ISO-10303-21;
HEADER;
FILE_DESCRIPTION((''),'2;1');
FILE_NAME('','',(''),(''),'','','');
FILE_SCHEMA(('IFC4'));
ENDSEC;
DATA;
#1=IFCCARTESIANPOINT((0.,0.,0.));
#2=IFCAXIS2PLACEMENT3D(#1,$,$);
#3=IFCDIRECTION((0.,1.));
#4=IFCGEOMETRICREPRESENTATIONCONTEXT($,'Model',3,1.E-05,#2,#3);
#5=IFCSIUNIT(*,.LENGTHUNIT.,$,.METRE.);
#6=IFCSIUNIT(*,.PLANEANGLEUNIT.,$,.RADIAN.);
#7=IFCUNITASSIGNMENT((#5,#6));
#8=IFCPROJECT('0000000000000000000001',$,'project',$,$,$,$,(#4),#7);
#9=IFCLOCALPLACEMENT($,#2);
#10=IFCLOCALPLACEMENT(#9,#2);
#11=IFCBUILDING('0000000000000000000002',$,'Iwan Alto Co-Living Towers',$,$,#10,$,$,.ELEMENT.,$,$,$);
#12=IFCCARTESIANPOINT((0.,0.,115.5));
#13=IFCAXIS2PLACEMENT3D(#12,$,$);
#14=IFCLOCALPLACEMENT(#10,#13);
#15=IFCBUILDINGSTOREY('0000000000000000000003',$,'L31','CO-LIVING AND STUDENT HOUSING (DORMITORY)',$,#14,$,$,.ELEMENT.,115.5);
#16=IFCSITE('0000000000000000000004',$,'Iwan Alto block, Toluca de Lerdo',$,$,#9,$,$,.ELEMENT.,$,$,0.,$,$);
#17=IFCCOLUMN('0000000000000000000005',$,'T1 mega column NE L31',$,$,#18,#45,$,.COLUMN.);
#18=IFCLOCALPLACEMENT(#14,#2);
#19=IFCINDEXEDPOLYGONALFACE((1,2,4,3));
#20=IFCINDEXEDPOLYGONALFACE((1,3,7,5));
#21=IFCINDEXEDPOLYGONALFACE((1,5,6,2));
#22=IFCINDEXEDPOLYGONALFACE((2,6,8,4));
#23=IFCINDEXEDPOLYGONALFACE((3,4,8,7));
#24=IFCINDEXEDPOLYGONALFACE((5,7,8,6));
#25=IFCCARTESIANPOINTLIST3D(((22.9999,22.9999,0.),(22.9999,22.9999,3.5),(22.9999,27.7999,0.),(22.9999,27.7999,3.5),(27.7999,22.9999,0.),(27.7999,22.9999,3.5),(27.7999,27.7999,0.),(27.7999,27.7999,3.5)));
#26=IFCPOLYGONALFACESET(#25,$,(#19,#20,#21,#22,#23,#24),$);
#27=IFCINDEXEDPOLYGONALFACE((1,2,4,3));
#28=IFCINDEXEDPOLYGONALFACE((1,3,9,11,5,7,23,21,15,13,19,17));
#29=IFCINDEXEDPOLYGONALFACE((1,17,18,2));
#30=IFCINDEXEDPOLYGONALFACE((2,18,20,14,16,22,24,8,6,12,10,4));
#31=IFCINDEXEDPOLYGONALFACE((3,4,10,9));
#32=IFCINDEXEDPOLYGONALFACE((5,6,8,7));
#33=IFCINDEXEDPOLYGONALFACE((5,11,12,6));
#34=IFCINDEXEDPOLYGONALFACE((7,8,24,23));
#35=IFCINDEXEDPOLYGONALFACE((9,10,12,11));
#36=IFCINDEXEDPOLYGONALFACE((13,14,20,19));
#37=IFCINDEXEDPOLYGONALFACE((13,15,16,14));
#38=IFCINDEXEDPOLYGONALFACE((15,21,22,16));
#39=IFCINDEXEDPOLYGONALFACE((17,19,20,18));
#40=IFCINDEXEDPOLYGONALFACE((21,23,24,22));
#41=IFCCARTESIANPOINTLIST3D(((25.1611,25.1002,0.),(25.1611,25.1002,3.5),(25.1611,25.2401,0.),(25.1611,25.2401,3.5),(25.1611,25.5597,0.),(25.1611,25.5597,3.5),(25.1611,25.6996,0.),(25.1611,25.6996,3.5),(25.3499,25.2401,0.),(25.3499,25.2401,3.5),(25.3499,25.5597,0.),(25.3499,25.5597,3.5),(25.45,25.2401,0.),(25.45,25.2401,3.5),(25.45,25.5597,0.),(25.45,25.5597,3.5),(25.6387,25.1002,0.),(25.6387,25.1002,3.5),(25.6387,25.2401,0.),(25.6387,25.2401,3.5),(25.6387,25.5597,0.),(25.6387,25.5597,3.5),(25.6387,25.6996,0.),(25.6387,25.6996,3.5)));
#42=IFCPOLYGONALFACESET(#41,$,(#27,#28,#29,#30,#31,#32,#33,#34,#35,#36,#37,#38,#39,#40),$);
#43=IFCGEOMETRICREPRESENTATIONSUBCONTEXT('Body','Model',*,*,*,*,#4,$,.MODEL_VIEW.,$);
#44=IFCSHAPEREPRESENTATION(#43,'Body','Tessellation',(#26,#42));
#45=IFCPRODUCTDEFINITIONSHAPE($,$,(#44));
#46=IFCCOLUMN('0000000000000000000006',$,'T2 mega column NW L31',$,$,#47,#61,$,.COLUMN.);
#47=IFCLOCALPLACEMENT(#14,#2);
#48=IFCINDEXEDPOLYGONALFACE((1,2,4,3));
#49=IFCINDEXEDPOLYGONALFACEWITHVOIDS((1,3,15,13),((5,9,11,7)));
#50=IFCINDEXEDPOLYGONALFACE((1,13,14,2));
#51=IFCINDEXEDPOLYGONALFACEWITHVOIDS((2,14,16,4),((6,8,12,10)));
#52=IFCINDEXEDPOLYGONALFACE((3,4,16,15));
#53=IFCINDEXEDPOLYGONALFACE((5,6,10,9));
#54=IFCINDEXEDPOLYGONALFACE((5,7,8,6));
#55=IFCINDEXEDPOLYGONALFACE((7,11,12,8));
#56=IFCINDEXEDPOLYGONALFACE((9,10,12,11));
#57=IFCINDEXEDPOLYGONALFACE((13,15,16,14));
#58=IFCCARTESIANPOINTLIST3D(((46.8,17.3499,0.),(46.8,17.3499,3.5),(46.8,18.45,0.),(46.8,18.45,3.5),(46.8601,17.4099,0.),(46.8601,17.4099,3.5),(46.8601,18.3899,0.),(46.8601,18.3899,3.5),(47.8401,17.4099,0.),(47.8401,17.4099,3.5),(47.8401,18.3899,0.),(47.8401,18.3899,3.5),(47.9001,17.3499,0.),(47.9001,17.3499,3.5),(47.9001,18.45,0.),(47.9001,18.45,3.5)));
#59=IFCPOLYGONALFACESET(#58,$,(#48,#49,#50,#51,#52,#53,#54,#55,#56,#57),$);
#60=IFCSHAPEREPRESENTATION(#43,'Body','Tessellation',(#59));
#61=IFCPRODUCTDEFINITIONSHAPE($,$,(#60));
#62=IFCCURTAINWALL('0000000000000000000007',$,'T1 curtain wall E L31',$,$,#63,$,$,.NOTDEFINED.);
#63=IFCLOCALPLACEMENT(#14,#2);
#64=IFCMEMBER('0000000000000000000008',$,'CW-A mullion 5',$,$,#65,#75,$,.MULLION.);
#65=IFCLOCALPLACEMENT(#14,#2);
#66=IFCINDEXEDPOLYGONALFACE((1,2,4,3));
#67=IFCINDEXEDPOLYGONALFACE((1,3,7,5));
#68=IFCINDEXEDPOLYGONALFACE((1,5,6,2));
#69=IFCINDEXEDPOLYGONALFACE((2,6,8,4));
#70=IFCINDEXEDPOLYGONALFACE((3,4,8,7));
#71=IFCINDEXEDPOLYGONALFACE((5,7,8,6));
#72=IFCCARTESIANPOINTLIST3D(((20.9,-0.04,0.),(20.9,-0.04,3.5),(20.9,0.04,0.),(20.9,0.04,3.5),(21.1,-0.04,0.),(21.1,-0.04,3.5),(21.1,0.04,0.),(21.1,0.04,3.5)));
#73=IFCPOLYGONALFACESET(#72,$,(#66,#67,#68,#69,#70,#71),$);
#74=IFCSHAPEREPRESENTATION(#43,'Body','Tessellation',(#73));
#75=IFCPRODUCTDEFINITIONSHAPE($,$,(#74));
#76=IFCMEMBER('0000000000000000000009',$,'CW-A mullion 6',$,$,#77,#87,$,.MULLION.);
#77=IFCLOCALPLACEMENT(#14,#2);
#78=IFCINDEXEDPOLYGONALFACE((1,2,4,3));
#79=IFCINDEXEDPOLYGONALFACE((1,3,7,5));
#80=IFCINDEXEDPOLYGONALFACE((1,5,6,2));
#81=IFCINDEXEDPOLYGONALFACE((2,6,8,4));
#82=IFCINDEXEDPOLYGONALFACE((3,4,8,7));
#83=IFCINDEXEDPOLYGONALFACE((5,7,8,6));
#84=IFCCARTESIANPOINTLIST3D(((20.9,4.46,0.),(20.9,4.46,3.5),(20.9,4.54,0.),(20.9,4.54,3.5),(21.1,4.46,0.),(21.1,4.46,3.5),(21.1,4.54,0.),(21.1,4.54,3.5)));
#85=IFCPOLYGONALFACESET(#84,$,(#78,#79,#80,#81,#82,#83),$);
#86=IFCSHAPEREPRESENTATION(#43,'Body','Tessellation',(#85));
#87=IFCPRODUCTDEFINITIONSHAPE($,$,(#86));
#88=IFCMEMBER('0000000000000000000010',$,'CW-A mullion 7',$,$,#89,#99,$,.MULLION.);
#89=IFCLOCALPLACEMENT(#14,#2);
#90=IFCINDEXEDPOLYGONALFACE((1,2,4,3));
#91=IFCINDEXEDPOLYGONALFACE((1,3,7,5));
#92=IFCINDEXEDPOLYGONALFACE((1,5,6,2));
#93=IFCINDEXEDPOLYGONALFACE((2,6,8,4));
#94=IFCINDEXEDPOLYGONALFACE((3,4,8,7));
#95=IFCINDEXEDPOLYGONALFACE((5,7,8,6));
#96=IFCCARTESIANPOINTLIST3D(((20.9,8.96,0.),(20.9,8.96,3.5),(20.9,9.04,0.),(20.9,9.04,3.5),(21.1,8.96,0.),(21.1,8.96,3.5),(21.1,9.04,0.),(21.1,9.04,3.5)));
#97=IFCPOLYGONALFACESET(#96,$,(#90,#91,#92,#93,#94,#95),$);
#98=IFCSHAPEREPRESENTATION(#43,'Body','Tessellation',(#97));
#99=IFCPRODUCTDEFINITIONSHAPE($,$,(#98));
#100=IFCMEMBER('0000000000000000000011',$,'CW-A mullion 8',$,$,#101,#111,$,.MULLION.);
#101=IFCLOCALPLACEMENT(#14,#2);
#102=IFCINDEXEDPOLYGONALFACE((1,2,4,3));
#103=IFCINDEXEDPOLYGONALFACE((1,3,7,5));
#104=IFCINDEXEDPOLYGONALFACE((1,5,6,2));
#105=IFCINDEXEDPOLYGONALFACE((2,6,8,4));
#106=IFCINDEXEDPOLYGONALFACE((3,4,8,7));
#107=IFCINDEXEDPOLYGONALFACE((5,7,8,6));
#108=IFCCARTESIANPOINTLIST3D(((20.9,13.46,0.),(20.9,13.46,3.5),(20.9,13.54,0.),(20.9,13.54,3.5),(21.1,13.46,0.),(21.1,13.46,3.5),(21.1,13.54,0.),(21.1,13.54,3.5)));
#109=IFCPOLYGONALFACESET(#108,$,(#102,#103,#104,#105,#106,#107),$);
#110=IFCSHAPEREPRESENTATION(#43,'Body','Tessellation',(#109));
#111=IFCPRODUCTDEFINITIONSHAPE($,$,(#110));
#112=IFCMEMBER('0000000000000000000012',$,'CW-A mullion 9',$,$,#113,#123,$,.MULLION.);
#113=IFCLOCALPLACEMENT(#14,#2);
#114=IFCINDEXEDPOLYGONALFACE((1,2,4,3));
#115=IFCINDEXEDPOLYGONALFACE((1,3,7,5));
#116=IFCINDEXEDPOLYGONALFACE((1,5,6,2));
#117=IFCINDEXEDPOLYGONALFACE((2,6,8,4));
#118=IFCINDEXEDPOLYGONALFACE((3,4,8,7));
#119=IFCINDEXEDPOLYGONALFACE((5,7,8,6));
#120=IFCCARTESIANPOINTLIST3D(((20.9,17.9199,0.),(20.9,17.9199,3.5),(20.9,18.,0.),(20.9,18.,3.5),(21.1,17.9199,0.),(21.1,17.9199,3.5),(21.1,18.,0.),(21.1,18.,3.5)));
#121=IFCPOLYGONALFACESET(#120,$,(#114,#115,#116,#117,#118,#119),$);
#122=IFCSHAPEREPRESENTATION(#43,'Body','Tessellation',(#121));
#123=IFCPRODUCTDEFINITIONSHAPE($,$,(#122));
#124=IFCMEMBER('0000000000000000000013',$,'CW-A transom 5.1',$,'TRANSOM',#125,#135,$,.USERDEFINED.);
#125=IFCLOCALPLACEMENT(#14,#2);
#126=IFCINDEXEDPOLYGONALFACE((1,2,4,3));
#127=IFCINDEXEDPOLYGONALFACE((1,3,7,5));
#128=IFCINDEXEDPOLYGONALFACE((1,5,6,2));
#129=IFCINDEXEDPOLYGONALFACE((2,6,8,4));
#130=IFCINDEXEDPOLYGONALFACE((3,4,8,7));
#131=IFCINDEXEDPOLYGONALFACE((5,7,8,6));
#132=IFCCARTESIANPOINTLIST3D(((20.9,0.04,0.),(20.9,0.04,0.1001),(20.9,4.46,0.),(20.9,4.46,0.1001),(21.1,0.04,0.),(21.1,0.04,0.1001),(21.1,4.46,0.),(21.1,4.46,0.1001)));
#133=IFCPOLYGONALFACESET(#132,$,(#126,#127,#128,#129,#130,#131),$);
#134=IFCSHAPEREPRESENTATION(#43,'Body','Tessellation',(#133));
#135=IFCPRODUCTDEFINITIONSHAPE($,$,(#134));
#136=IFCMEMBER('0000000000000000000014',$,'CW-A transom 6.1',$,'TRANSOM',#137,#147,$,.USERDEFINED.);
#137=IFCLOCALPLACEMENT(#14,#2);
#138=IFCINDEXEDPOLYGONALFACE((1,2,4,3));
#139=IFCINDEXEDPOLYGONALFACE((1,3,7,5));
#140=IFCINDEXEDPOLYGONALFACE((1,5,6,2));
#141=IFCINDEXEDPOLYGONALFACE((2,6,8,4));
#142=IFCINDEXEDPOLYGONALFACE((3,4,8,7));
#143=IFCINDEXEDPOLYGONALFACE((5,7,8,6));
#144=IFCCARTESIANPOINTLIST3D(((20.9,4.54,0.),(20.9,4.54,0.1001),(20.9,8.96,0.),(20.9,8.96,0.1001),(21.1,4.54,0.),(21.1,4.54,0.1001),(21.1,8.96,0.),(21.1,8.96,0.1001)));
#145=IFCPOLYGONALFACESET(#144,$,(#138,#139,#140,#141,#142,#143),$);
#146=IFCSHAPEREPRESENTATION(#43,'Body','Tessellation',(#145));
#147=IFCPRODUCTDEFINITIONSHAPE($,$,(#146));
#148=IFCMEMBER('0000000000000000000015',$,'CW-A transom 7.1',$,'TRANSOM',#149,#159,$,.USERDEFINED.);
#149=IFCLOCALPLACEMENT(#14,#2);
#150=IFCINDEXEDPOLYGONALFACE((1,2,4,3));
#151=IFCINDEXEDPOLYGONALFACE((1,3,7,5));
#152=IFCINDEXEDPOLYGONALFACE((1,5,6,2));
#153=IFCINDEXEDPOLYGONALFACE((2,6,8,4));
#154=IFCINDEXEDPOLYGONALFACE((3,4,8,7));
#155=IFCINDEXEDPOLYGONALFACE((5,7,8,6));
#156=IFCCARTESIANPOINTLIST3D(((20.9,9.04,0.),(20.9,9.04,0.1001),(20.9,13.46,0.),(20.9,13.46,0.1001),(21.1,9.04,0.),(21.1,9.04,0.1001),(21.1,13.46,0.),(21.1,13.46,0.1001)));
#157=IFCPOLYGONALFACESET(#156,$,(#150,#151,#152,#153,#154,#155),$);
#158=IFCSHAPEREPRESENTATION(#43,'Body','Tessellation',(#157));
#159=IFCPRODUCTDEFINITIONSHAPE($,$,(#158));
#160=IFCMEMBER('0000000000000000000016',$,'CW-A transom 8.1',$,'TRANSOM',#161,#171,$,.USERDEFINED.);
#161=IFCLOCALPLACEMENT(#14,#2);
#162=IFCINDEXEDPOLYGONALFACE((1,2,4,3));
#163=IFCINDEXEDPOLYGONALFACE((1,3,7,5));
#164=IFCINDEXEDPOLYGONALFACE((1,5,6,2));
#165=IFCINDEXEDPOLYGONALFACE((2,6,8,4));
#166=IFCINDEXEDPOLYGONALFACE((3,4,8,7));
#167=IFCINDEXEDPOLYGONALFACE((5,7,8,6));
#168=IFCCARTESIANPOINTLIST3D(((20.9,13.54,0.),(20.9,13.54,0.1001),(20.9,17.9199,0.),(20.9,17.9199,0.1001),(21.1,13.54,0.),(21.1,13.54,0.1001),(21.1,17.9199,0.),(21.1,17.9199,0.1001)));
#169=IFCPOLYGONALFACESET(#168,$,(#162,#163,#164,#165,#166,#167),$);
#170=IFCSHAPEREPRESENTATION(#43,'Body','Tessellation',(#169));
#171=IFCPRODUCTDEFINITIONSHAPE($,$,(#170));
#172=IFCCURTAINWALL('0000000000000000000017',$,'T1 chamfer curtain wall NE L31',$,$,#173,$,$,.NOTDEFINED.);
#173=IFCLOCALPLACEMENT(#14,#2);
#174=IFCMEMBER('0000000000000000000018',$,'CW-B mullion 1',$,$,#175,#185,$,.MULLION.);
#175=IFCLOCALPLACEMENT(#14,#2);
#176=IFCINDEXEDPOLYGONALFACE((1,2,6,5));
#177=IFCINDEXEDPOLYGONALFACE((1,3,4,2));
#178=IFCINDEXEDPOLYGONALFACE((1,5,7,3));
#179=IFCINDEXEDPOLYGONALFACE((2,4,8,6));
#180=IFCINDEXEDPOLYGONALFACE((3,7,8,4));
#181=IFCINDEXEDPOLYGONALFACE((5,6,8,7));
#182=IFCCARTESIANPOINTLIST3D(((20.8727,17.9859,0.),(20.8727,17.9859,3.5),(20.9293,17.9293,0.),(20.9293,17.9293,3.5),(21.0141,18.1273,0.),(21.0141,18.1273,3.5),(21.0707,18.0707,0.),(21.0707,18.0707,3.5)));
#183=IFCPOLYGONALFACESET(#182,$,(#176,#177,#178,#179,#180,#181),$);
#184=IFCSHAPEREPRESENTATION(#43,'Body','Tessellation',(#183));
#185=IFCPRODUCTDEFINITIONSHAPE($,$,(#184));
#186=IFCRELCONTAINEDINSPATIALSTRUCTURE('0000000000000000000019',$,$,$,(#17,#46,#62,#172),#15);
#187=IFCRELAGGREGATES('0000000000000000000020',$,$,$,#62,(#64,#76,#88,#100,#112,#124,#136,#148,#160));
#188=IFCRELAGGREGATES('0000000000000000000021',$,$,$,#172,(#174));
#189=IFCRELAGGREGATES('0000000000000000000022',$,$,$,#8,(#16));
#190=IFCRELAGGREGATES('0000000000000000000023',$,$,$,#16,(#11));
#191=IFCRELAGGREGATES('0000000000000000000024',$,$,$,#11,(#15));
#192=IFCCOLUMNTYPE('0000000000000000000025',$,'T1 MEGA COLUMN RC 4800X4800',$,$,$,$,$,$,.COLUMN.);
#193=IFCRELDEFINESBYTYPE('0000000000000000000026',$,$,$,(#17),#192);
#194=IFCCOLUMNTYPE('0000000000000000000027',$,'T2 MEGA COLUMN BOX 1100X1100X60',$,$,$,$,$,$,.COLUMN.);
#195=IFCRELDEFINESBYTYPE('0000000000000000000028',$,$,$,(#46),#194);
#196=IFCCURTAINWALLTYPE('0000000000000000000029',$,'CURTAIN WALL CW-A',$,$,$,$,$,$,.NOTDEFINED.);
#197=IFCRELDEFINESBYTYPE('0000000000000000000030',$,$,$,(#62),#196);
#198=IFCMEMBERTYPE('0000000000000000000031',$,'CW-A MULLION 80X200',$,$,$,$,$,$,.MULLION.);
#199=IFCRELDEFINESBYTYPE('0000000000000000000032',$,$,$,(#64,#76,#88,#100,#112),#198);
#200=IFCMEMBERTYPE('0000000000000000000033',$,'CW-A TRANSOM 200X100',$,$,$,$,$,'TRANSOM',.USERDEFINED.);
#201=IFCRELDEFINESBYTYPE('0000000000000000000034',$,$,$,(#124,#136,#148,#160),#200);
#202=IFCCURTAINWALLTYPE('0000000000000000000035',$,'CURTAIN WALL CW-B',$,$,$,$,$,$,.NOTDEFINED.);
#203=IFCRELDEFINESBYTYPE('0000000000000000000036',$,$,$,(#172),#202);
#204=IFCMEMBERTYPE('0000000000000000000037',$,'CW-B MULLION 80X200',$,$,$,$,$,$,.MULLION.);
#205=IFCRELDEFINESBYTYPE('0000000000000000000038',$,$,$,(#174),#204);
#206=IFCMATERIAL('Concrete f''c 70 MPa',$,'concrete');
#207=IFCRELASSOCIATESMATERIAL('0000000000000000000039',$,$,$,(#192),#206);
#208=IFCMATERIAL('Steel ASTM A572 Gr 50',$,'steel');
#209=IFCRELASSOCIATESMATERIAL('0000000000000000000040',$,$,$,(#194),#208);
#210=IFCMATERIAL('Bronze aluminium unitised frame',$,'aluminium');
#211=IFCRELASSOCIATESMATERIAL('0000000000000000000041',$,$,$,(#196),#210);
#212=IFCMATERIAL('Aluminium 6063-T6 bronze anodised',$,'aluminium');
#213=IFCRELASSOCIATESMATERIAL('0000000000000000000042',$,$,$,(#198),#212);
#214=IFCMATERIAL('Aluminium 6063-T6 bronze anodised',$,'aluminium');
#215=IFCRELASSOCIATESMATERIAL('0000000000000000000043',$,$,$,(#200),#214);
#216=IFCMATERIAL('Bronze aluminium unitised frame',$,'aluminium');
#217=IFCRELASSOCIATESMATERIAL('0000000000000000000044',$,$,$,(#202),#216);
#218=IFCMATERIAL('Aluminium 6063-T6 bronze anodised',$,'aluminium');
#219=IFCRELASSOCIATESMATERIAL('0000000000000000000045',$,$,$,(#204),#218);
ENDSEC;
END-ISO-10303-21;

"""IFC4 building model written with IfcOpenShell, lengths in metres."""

from ifc_helpers import new_model, si_unit, direction, frame, origin, origin_2d, place, context, subcontext, project, spatial, rectangle, hollow_rectangle, i_section, extrude, material, material_profile, profile_set, type_object, element, aggregate, save


model = new_model("IFC4")

# Units and contexts
model_context = context("Model", 3, precision=1e-05, world=origin(), true_north=direction((0.0, 1.0)))
body_context = subcontext(model_context, "Body", "Model", "MODEL_VIEW")
ifc_project = project(units=[si_unit("LENGTHUNIT", "METRE"), si_unit("PLANEANGLEUNIT", "RADIAN")], contexts=[model_context])

# Site, building, storey
site_placement = place(None, origin())
site = spatial("IfcSite", under=ifc_project, at=site_placement, Name="Iwan Alto block, Toluca de Lerdo", CompositionType="ELEMENT", RefElevation=0.0)
building_placement = place(site_placement, origin())
building = spatial("IfcBuilding", under=site, at=building_placement, Name="Iwan Alto Co-Living Towers", CompositionType="ELEMENT")
storey_placement = place(building_placement, frame((0.0, 0.0, 115.5)))
storey = spatial("IfcBuildingStorey", under=building, at=storey_placement, Name="L31", Description="CO-LIVING AND STUDENT HOUSING (DORMITORY)", CompositionType="ELEMENT", Elevation=115.5)

# Columns
ifc_material_1 = material(Name="Concrete f'c 70 MPa", Category="concrete")
ifc_material_profile_1 = material_profile(ifc_material_1, rectangle(XDim=4.8, YDim=4.8, at=origin_2d()), Name="RC 4800X4800")
ifc_profile_set_1 = profile_set([ifc_material_profile_1], Name="Concrete f'c 70 MPa")
column_type_1 = type_object("IfcColumnType", Name="T1 MEGA COLUMN RC 4800X4800", PredefinedType="COLUMN", material=ifc_profile_set_1)
column_1_placement = place(storey_placement, frame((25.3999, 25.3999, 0.0), z_axis=(0.0, 0.0, 1.0), x_axis=(1.0, 0.0, 0.0)))
element("IfcColumn", 1, at=column_1_placement, inside=storey, type_object=column_type_1, Name="T1 mega column NE L31", PredefinedType="COLUMN", context=body_context, shape_type="SweptSolid", body=[
    extrude(rectangle(XDim=4.8, YDim=4.8, at=origin_2d()), origin(), (0.0, 0.0, 1.0), 3.5),
    extrude(i_section(OverallWidth=0.4775, OverallDepth=0.5994, WebThickness=0.1001, FlangeThickness=0.1399, at=origin_2d()), origin(), (0.0, 0.0, 1.0), 3.5),
])
ifc_material_2 = material(Name="Steel ASTM A572 Gr 50", Category="steel")
ifc_material_profile_2 = material_profile(ifc_material_2, hollow_rectangle(XDim=1.1001, YDim=1.1001, WallThickness=0.0601, at=origin_2d()), Name="BOX 1100X1100X60")
ifc_profile_set_2 = profile_set([ifc_material_profile_2], Name="Steel ASTM A572 Gr 50")
column_type_2 = type_object("IfcColumnType", Name="T2 MEGA COLUMN BOX 1100X1100X60", PredefinedType="COLUMN", material=ifc_profile_set_2)
column_2_placement = place(storey_placement, frame((47.3501, 17.8999, 0.0), z_axis=(0.0, 0.0, 1.0), x_axis=(1.0, 0.0, 0.0)))
element("IfcColumn", 2, at=column_2_placement, inside=storey, type_object=column_type_2, Name="T2 mega column NW L31", PredefinedType="COLUMN", context=body_context, shape_type="SweptSolid", body=[
    extrude(hollow_rectangle(XDim=1.1001, YDim=1.1001, WallThickness=0.0601, at=origin_2d()), origin(), (0.0, 0.0, 1.0), 3.5),
])

# Curtain walls, members
ifc_material_3 = material(Name="Bronze aluminium unitised frame", Category="aluminium")
curtain_wall_type_1 = type_object("IfcCurtainWallType", Name="CURTAIN WALL CW-A", PredefinedType="NOTDEFINED", material=ifc_material_3)
curtain_wall_1_placement = place(storey_placement, origin())
curtain_wall_1 = element("IfcCurtainWall", 3, at=curtain_wall_1_placement, inside=storey, type_object=curtain_wall_type_1, Name="T1 curtain wall E L31", PredefinedType="NOTDEFINED")
ifc_material_4 = material(Name="Aluminium 6063-T6 bronze anodised", Category="aluminium")
ifc_material_profile_3 = material_profile(ifc_material_4, rectangle(XDim=0.2, YDim=0.0801, at=origin_2d()), Name="AL 80X200")
ifc_profile_set_3 = profile_set([ifc_material_profile_3], Name="Aluminium 6063-T6 bronze anodised")
member_type_1 = type_object("IfcMemberType", Name="CW-A MULLION 80X200", PredefinedType="MULLION", material=ifc_profile_set_3)
member_1_placement = place(storey_placement, frame((21.0, 0.0, 0.0), z_axis=(0.0, 0.0, 1.0), x_axis=(-1.0, 0.0, 0.0)))
member_1 = element("IfcMember", 4, at=member_1_placement, type_object=member_type_1, Name="CW-A mullion 5", PredefinedType="MULLION", context=body_context, shape_type="SweptSolid", body=[
    extrude(rectangle(XDim=0.2, YDim=0.0801, at=origin_2d()), origin(), (0.0, 0.0, 1.0), 3.5),
])
member_2_placement = place(storey_placement, frame((21.0, 4.5, 0.0), z_axis=(0.0, 0.0, 1.0), x_axis=(-1.0, 0.0, 0.0)))
member_2 = element("IfcMember", 5, at=member_2_placement, type_object=member_type_1, Name="CW-A mullion 6", PredefinedType="MULLION", context=body_context, shape_type="SweptSolid", body=[
    extrude(rectangle(XDim=0.2, YDim=0.0801, at=origin_2d()), origin(), (0.0, 0.0, 1.0), 3.5),
])
member_3_placement = place(storey_placement, frame((21.0, 9.0, 0.0), z_axis=(0.0, 0.0, 1.0), x_axis=(-1.0, 0.0, 0.0)))
member_3 = element("IfcMember", 6, at=member_3_placement, type_object=member_type_1, Name="CW-A mullion 7", PredefinedType="MULLION", context=body_context, shape_type="SweptSolid", body=[
    extrude(rectangle(XDim=0.2, YDim=0.0801, at=origin_2d()), origin(), (0.0, 0.0, 1.0), 3.5),
])
member_4_placement = place(storey_placement, frame((21.0, 13.5, 0.0), z_axis=(0.0, 0.0, 1.0), x_axis=(-1.0, 0.0, 0.0)))
member_4 = element("IfcMember", 7, at=member_4_placement, type_object=member_type_1, Name="CW-A mullion 8", PredefinedType="MULLION", context=body_context, shape_type="SweptSolid", body=[
    extrude(rectangle(XDim=0.2, YDim=0.0801, at=origin_2d()), origin(), (0.0, 0.0, 1.0), 3.5),
])
member_5_placement = place(storey_placement, frame((21.0, 17.96, 0.0), z_axis=(0.0, 0.0, 1.0), x_axis=(-1.0, 0.0, 0.0)))
member_5 = element("IfcMember", 8, at=member_5_placement, type_object=member_type_1, Name="CW-A mullion 9", PredefinedType="MULLION", context=body_context, shape_type="SweptSolid", body=[
    extrude(rectangle(XDim=0.2, YDim=0.0801, at=origin_2d()), origin(), (0.0, 0.0, 1.0), 3.5),
])
ifc_material_5 = material(Name="Aluminium 6063-T6 bronze anodised", Category="aluminium")
ifc_material_profile_4 = material_profile(ifc_material_5, rectangle(XDim=0.2, YDim=0.1001, at=origin_2d()), Name="AL 200X100")
ifc_profile_set_4 = profile_set([ifc_material_profile_4], Name="Aluminium 6063-T6 bronze anodised")
member_type_2 = type_object("IfcMemberType", Name="CW-A TRANSOM 200X100", ElementType="TRANSOM", PredefinedType="USERDEFINED", material=ifc_profile_set_4)
member_6_placement = place(storey_placement, frame((21.0, 0.04, 0.05), z_axis=(0.0, 1.0, 0.0), x_axis=(-1.0, 0.0, 0.0)))
member_6 = element("IfcMember", 9, at=member_6_placement, type_object=member_type_2, Name="CW-A transom 5.1", ObjectType="TRANSOM", PredefinedType="USERDEFINED", context=body_context, shape_type="SweptSolid", body=[
    extrude(rectangle(XDim=0.2, YDim=0.1001, at=origin_2d()), origin(), (0.0, 0.0, 1.0), 4.4199),
])
member_7_placement = place(storey_placement, frame((21.0, 4.54, 0.05), z_axis=(0.0, 1.0, 0.0), x_axis=(-1.0, 0.0, 0.0)))
member_7 = element("IfcMember", 10, at=member_7_placement, type_object=member_type_2, Name="CW-A transom 6.1", ObjectType="TRANSOM", PredefinedType="USERDEFINED", context=body_context, shape_type="SweptSolid", body=[
    extrude(rectangle(XDim=0.2, YDim=0.1001, at=origin_2d()), origin(), (0.0, 0.0, 1.0), 4.4199),
])
member_8_placement = place(storey_placement, frame((21.0, 9.04, 0.05), z_axis=(0.0, 1.0, 0.0), x_axis=(-1.0, 0.0, 0.0)))
member_8 = element("IfcMember", 11, at=member_8_placement, type_object=member_type_2, Name="CW-A transom 7.1", ObjectType="TRANSOM", PredefinedType="USERDEFINED", context=body_context, shape_type="SweptSolid", body=[
    extrude(rectangle(XDim=0.2, YDim=0.1001, at=origin_2d()), origin(), (0.0, 0.0, 1.0), 4.4199),
])
member_9_placement = place(storey_placement, frame((21.0, 13.54, 0.05), z_axis=(0.0, 1.0, 0.0), x_axis=(-1.0, 0.0, 0.0)))
member_9 = element("IfcMember", 12, at=member_9_placement, type_object=member_type_2, Name="CW-A transom 8.1", ObjectType="TRANSOM", PredefinedType="USERDEFINED", context=body_context, shape_type="SweptSolid", body=[
    extrude(rectangle(XDim=0.2, YDim=0.1001, at=origin_2d()), origin(), (0.0, 0.0, 1.0), 4.3799),
])
ifc_material_6 = material(Name="Bronze aluminium unitised frame", Category="aluminium")
curtain_wall_type_2 = type_object("IfcCurtainWallType", Name="CURTAIN WALL CW-B", PredefinedType="NOTDEFINED", material=ifc_material_6)
curtain_wall_2_placement = place(storey_placement, origin())
curtain_wall_2 = element("IfcCurtainWall", 13, at=curtain_wall_2_placement, inside=storey, type_object=curtain_wall_type_2, Name="T1 chamfer curtain wall NE L31", PredefinedType="NOTDEFINED")
ifc_material_7 = material(Name="Aluminium 6063-T6 bronze anodised", Category="aluminium")
ifc_material_profile_5 = material_profile(ifc_material_7, rectangle(XDim=0.2, YDim=0.0801, at=origin_2d()), Name="AL 80X200")
ifc_profile_set_5 = profile_set([ifc_material_profile_5], Name="Aluminium 6063-T6 bronze anodised")
member_type_3 = type_object("IfcMemberType", Name="CW-B MULLION 80X200", PredefinedType="MULLION", material=ifc_profile_set_5)
member_10_placement = place(storey_placement, frame((20.9717, 18.0283, 0.0), z_axis=(0.0, 0.0, 1.0), x_axis=(-0.707107, -0.707107, 0.0)))
member_10 = element("IfcMember", 14, at=member_10_placement, type_object=member_type_3, Name="CW-B mullion 1", PredefinedType="MULLION", context=body_context, shape_type="SweptSolid", body=[
    extrude(rectangle(XDim=0.2, YDim=0.0801, at=origin_2d()), origin(), (0.0, 0.0, 1.0), 3.5),
])

aggregate(curtain_wall_1, [member_1, member_2, member_3, member_4, member_5, member_6, member_7, member_8, member_9])
aggregate(curtain_wall_2, [member_10])

save(model, "model.ifc")
